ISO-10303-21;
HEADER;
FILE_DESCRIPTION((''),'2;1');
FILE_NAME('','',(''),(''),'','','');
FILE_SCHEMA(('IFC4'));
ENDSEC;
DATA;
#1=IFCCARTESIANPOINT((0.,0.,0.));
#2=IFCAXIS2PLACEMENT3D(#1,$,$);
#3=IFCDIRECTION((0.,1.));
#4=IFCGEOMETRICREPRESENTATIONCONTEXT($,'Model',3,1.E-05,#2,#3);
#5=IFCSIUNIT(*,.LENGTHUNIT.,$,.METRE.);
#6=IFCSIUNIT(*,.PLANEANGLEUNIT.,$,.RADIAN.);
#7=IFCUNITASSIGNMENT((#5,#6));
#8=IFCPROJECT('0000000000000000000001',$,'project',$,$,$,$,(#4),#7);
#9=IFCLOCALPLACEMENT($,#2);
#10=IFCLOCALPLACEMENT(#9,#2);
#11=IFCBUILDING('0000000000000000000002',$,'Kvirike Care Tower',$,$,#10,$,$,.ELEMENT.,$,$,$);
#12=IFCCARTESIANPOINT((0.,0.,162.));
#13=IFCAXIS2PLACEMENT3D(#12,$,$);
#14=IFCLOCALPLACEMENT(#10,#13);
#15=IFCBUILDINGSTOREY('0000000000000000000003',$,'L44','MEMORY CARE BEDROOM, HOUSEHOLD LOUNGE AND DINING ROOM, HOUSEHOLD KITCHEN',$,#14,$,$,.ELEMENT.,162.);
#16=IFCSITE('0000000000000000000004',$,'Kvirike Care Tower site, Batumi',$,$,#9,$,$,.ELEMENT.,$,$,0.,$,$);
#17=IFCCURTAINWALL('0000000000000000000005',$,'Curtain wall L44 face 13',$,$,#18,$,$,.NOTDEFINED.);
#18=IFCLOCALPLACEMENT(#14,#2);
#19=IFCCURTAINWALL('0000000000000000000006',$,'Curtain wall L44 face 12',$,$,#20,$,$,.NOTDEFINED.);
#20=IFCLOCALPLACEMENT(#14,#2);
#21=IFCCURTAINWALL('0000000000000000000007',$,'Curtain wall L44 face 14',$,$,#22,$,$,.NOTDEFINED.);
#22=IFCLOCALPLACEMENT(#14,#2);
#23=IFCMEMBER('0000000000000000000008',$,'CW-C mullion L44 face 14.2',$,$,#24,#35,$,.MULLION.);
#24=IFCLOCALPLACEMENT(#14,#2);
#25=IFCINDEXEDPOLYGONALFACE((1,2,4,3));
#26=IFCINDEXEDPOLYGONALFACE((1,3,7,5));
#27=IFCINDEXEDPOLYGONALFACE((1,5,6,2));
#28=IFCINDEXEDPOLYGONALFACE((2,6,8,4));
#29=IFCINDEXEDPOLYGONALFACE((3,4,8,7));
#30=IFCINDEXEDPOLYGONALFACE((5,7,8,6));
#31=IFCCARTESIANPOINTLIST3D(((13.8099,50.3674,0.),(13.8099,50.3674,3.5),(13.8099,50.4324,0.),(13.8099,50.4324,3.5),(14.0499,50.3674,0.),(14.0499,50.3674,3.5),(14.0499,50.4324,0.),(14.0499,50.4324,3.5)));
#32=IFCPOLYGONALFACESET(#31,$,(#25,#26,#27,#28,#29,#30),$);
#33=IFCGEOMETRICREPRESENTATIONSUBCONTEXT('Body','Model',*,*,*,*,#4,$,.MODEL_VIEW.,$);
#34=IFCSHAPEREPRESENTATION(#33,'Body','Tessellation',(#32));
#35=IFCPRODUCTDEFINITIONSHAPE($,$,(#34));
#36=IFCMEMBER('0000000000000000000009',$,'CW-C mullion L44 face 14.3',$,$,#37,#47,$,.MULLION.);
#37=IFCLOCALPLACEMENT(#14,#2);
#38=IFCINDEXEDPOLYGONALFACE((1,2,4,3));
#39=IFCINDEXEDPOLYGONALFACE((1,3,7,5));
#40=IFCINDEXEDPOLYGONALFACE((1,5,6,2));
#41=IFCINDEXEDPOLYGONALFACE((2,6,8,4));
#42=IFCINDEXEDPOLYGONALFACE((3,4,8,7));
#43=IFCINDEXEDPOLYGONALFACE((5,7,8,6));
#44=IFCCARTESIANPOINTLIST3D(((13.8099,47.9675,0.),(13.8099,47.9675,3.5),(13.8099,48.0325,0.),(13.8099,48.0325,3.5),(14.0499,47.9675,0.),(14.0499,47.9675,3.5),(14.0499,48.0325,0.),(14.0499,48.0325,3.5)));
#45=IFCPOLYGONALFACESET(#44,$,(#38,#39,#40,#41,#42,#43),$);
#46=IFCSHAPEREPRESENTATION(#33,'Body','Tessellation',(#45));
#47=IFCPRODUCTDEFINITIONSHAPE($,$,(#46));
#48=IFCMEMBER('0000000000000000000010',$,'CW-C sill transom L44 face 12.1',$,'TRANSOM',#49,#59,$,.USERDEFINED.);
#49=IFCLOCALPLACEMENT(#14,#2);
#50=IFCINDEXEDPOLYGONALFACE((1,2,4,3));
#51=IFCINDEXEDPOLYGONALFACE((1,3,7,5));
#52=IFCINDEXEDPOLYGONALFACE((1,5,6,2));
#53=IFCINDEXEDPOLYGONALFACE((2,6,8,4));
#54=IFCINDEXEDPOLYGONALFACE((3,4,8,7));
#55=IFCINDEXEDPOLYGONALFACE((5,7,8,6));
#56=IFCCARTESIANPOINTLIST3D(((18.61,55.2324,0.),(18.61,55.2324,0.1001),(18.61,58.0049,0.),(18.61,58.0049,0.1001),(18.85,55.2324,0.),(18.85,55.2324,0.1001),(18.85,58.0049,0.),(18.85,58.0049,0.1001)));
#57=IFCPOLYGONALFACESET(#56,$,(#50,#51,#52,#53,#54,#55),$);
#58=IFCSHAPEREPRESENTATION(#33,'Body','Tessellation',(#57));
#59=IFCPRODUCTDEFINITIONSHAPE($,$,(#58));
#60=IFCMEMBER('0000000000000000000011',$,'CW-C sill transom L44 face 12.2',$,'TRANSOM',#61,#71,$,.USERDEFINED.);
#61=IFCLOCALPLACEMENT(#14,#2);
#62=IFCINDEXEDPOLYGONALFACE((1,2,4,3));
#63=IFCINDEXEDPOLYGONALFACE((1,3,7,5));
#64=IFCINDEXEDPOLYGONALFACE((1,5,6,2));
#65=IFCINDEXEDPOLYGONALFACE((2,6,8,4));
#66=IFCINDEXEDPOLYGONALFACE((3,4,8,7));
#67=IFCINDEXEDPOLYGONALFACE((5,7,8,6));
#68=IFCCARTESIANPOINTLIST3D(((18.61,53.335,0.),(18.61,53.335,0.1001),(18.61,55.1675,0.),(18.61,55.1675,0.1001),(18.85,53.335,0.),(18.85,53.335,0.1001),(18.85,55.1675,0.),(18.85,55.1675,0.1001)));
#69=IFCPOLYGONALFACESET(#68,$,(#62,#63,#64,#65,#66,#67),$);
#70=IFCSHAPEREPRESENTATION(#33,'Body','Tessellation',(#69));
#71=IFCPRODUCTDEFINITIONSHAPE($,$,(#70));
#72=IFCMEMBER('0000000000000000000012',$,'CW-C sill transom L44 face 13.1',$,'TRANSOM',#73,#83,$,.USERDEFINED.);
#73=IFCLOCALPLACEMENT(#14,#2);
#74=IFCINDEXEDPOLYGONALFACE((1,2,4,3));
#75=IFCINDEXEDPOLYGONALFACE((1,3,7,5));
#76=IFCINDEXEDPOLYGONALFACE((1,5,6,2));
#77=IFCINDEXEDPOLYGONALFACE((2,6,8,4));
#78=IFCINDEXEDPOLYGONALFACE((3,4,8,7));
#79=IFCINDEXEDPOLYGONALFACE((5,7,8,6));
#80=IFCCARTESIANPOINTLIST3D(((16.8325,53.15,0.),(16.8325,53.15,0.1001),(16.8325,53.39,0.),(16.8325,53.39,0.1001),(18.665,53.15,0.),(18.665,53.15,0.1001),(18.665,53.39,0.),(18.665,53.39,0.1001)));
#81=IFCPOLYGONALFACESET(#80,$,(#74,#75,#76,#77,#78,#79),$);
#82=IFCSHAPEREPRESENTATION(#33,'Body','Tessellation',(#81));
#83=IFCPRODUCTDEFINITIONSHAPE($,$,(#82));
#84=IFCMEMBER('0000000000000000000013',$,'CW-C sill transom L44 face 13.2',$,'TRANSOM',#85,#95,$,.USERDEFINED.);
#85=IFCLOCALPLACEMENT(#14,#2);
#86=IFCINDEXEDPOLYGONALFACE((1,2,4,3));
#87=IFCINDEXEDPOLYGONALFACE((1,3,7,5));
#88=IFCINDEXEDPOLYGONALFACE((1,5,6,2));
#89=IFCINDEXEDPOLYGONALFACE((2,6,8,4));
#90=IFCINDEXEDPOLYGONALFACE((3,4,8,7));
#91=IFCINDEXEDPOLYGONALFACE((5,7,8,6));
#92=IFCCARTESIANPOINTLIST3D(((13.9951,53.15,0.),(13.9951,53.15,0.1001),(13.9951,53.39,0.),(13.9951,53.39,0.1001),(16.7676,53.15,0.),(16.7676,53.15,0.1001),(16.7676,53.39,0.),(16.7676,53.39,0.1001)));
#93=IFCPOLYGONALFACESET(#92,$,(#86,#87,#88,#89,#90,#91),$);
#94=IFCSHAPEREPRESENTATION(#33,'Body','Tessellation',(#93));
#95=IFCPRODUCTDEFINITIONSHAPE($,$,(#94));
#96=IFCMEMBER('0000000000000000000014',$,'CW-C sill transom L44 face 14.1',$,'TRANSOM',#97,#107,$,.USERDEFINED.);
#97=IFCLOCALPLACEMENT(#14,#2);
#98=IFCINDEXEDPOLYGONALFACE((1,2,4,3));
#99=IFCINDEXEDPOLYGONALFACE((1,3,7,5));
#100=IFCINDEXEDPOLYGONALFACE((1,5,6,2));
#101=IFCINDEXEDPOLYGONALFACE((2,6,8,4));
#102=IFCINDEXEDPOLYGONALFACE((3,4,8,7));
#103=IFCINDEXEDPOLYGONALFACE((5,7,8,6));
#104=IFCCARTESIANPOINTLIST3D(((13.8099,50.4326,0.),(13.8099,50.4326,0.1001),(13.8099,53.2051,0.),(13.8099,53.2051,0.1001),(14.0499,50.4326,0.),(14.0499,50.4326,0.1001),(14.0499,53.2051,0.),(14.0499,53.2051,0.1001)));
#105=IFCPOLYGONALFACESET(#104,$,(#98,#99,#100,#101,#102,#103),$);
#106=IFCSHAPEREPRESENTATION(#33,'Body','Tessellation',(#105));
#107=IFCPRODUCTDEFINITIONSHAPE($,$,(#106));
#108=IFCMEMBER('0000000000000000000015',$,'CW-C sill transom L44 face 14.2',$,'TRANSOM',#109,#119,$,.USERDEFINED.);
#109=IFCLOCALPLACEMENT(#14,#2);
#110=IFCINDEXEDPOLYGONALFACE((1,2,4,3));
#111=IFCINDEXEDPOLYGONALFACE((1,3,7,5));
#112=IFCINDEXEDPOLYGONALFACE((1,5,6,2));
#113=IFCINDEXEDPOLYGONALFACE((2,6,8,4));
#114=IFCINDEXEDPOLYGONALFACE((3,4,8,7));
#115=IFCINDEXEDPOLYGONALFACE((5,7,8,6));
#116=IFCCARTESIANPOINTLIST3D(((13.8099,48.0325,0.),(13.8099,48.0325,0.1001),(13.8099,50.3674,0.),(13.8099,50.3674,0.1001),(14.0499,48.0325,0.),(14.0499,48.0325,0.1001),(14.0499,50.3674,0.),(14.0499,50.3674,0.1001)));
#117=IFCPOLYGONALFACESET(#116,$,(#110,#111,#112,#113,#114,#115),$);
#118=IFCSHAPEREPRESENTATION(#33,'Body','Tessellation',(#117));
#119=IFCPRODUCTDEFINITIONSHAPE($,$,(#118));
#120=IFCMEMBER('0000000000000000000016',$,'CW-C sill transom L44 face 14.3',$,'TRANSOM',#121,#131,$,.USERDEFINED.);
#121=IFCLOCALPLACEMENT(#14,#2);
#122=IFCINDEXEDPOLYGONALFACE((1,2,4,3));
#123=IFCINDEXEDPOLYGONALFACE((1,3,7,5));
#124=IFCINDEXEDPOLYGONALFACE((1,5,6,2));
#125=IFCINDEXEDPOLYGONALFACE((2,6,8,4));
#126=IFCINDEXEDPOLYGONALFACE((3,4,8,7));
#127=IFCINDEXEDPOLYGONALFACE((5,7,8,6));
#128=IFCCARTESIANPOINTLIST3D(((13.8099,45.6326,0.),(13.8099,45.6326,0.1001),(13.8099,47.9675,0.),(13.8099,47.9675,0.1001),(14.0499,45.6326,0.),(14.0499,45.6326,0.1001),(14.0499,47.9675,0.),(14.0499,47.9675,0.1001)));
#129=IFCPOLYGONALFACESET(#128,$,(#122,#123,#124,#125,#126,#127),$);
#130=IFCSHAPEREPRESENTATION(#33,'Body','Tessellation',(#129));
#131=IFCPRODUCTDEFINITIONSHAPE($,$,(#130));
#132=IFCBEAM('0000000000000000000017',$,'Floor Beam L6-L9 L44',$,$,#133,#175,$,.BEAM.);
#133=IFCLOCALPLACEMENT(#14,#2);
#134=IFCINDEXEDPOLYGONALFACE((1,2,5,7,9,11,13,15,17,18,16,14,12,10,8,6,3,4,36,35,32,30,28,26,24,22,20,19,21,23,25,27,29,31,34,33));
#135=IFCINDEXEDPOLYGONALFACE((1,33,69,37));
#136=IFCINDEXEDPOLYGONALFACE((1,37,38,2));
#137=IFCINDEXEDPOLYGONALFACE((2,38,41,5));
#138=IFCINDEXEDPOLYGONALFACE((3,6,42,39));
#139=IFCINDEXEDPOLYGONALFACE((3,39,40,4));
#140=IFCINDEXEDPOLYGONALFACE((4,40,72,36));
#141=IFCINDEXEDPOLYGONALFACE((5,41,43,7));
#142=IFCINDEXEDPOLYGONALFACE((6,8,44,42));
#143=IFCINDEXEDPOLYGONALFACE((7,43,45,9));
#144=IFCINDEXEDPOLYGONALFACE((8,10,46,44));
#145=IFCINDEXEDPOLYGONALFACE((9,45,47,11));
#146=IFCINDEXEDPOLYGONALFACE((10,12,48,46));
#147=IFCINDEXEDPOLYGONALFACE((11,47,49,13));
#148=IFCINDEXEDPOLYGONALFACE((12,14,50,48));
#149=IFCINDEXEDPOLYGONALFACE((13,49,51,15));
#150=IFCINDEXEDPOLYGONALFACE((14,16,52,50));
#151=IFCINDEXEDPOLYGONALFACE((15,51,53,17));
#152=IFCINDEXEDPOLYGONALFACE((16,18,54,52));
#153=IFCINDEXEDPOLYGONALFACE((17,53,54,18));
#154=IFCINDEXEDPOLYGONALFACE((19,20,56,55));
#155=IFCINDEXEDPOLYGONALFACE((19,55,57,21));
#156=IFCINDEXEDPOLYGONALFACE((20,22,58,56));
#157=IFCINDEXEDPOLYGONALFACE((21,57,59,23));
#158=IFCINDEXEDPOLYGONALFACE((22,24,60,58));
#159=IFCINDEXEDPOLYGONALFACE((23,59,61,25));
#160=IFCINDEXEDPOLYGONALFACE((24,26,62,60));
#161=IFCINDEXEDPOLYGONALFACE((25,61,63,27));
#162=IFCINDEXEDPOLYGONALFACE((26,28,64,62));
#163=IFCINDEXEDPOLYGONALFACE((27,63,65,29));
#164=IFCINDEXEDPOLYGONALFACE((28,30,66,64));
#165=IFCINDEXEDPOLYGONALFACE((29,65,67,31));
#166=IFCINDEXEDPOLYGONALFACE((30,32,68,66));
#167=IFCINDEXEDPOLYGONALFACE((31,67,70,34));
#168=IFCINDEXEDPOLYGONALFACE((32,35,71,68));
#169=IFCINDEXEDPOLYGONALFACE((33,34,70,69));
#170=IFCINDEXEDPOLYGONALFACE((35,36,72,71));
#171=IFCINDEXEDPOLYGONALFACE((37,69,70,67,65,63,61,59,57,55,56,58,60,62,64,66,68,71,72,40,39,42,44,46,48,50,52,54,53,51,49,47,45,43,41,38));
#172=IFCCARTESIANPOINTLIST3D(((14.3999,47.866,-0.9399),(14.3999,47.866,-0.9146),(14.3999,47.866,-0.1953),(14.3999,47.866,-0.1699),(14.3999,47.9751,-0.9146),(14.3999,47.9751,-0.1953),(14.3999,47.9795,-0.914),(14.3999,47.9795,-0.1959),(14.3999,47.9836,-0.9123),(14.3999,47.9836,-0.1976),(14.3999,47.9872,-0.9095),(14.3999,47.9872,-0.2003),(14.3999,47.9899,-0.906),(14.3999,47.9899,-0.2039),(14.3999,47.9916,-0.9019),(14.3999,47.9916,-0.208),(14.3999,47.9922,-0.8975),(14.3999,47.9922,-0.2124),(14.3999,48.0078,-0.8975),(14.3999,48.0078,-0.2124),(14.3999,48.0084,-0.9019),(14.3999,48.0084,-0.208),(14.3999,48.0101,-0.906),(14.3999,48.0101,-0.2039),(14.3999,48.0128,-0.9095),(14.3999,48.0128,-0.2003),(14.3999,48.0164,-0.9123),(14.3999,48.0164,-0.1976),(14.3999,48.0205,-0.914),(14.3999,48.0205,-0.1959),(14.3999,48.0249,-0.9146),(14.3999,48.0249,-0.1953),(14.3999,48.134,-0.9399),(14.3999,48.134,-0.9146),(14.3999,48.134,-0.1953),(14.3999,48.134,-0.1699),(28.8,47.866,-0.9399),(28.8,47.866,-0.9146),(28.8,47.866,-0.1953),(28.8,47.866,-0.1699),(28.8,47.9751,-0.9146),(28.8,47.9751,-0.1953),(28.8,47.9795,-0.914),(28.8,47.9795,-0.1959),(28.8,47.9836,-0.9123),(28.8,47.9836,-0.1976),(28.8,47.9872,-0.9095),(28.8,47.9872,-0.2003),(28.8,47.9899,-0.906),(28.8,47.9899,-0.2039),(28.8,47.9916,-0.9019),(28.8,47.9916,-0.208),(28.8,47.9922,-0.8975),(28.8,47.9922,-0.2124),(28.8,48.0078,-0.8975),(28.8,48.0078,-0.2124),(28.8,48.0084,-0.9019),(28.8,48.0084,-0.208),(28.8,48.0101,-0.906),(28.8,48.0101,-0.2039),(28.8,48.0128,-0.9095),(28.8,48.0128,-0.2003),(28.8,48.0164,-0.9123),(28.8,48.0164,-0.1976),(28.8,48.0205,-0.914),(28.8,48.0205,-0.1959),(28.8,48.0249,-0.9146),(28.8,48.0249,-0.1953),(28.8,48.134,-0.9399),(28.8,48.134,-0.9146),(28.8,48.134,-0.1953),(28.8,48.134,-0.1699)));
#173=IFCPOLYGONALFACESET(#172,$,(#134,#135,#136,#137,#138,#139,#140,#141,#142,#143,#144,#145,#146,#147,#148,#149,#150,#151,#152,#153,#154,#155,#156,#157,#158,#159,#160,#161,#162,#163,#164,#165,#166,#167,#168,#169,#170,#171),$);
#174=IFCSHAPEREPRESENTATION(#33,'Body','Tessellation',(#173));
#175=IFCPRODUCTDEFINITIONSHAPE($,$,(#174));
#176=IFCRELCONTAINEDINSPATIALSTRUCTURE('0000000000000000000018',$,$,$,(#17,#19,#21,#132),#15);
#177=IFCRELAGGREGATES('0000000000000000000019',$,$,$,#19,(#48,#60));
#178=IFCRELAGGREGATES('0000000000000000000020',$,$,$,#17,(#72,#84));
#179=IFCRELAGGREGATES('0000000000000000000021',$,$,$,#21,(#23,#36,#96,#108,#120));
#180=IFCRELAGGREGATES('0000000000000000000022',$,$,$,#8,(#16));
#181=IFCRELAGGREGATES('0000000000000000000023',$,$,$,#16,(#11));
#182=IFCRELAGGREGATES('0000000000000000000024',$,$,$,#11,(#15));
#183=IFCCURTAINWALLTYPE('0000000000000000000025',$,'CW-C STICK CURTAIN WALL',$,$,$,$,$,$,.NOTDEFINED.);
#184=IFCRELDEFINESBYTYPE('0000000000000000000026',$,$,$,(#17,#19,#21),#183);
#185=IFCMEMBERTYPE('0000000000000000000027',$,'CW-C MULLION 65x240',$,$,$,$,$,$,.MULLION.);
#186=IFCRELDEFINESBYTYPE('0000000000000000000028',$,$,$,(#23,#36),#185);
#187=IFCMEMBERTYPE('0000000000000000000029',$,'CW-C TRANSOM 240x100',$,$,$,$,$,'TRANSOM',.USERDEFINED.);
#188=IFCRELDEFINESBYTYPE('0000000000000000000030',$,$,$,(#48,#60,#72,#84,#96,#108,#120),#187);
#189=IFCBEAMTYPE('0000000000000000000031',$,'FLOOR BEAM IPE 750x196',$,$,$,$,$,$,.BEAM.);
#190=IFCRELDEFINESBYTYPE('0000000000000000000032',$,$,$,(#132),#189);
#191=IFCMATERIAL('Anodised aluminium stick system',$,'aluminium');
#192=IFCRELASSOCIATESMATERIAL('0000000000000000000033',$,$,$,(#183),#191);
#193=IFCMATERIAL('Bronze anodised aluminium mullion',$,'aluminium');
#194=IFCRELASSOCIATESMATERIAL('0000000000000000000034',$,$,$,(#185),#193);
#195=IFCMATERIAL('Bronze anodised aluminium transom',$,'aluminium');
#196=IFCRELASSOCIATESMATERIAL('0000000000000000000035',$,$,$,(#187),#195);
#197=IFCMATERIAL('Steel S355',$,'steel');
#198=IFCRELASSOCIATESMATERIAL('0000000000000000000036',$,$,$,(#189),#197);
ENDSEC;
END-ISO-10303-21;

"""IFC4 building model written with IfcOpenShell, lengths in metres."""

from ifc_helpers import new_model, si_unit, direction, frame, origin, origin_2d, place, context, subcontext, project, spatial, rectangle, i_section, extrude, material, material_profile, profile_set, type_object, element, aggregate, save


model = new_model("IFC4")

# Units and contexts
model_context = context("Model", 3, precision=1e-05, world=origin(), true_north=direction((0.0, 1.0)))
body_context = subcontext(model_context, "Body", "Model", "MODEL_VIEW")
ifc_project = project(units=[si_unit("LENGTHUNIT", "METRE"), si_unit("PLANEANGLEUNIT", "RADIAN")], contexts=[model_context])

# Site, building, storey
site_placement = place(None, origin())
site = spatial("IfcSite", under=ifc_project, at=site_placement, Name="Kvirike Care Tower site, Batumi", CompositionType="ELEMENT", RefElevation=0.0)
building_placement = place(site_placement, origin())
building = spatial("IfcBuilding", under=site, at=building_placement, Name="Kvirike Care Tower", CompositionType="ELEMENT")
storey_placement = place(building_placement, frame((0.0, 0.0, 162.0)))
storey = spatial("IfcBuildingStorey", under=building, at=storey_placement, Name="L44", Description="MEMORY CARE BEDROOM, HOUSEHOLD LOUNGE AND DINING ROOM, HOUSEHOLD KITCHEN", CompositionType="ELEMENT", Elevation=162.0)

# Curtain wall
ifc_material_1 = material(Name="Anodised aluminium stick system", Category="aluminium")
curtain_wall_type = type_object("IfcCurtainWallType", Name="CW-C STICK CURTAIN WALL", PredefinedType="NOTDEFINED", material=ifc_material_1)
curtain_wall_1_placement = place(storey_placement, origin())
curtain_wall_1 = element("IfcCurtainWall", 1, at=curtain_wall_1_placement, inside=storey, type_object=curtain_wall_type, Name="Curtain wall L44 face 13", PredefinedType="NOTDEFINED")
ifc_material_2 = material(Name="Bronze anodised aluminium mullion", Category="aluminium")
ifc_material_profile_1 = material_profile(ifc_material_2, rectangle(XDim=0.0649, YDim=0.24, at=origin_2d()), Name="CW-C MULLION 65x240")
ifc_profile_set_1 = profile_set([ifc_material_profile_1], Name="Bronze anodised aluminium mullion")
member_type_1 = type_object("IfcMemberType", Name="CW-C MULLION 65x240", PredefinedType="MULLION", material=ifc_profile_set_1)

# Curtain wall
curtain_wall_2_placement = place(storey_placement, origin())
curtain_wall_2 = element("IfcCurtainWall", 2, at=curtain_wall_2_placement, inside=storey, type_object=curtain_wall_type, Name="Curtain wall L44 face 12", PredefinedType="NOTDEFINED")

# Curtain wall, members
curtain_wall_3_placement = place(storey_placement, origin())
curtain_wall_3 = element("IfcCurtainWall", 3, at=curtain_wall_3_placement, inside=storey, type_object=curtain_wall_type, Name="Curtain wall L44 face 14", PredefinedType="NOTDEFINED")
member_1_placement = place(storey_placement, frame((13.9299, 50.3999, 0.0), z_axis=(0.0, 0.0, 1.0), x_axis=(0.0, -1.0, 0.0)))
member_1 = element("IfcMember", 4, at=member_1_placement, type_object=member_type_1, Name="CW-C mullion L44 face 14.2", PredefinedType="MULLION", context=body_context, shape_type="SweptSolid", body=[
    extrude(rectangle(XDim=0.0649, YDim=0.24, at=origin_2d()), origin(), (0.0, 0.0, 1.0), 3.5),
])
member_2_placement = place(storey_placement, frame((13.9299, 48.0, 0.0), z_axis=(0.0, 0.0, 1.0), x_axis=(0.0, -1.0, 0.0)))
member_2 = element("IfcMember", 5, at=member_2_placement, type_object=member_type_1, Name="CW-C mullion L44 face 14.3", PredefinedType="MULLION", context=body_context, shape_type="SweptSolid", body=[
    extrude(rectangle(XDim=0.0649, YDim=0.24, at=origin_2d()), origin(), (0.0, 0.0, 1.0), 3.5),
])

# Members
ifc_material_3 = material(Name="Bronze anodised aluminium transom", Category="aluminium")
ifc_material_profile_2 = material_profile(ifc_material_3, rectangle(XDim=0.24, YDim=0.1001, at=origin_2d()), Name="CW-C TRANSOM 240x100")
ifc_profile_set_2 = profile_set([ifc_material_profile_2], Name="Bronze anodised aluminium transom")
member_type_2 = type_object("IfcMemberType", Name="CW-C TRANSOM 240x100", ElementType="TRANSOM", PredefinedType="USERDEFINED", material=ifc_profile_set_2)
member_3_placement = place(storey_placement, frame((18.73, 58.0049, 0.05), z_axis=(0.0, -1.0, 0.0), x_axis=(1.0, 0.0, 0.0)))
member_3 = element("IfcMember", 6, at=member_3_placement, type_object=member_type_2, Name="CW-C sill transom L44 face 12.1", ObjectType="TRANSOM", PredefinedType="USERDEFINED", context=body_context, shape_type="SweptSolid", body=[
    extrude(rectangle(XDim=0.24, YDim=0.1001, at=origin_2d()), origin(), (0.0, 0.0, 1.0), 2.7725),
])
member_4_placement = place(storey_placement, frame((18.73, 55.1675, 0.05), z_axis=(0.0, -1.0, 0.0), x_axis=(1.0, 0.0, 0.0)))
member_4 = element("IfcMember", 7, at=member_4_placement, type_object=member_type_2, Name="CW-C sill transom L44 face 12.2", ObjectType="TRANSOM", PredefinedType="USERDEFINED", context=body_context, shape_type="SweptSolid", body=[
    extrude(rectangle(XDim=0.24, YDim=0.1001, at=origin_2d()), origin(), (0.0, 0.0, 1.0), 1.8325),
])
member_5_placement = place(storey_placement, frame((18.665, 53.27, 0.05), z_axis=(-1.0, 0.0, 0.0), x_axis=(0.0, -1.0, 0.0)))
member_5 = element("IfcMember", 8, at=member_5_placement, type_object=member_type_2, Name="CW-C sill transom L44 face 13.1", ObjectType="TRANSOM", PredefinedType="USERDEFINED", context=body_context, shape_type="SweptSolid", body=[
    extrude(rectangle(XDim=0.24, YDim=0.1001, at=origin_2d()), origin(), (0.0, 0.0, 1.0), 1.8325),
])
member_6_placement = place(storey_placement, frame((16.7676, 53.27, 0.05), z_axis=(-1.0, 0.0, 0.0), x_axis=(0.0, -1.0, 0.0)))
member_6 = element("IfcMember", 9, at=member_6_placement, type_object=member_type_2, Name="CW-C sill transom L44 face 13.2", ObjectType="TRANSOM", PredefinedType="USERDEFINED", context=body_context, shape_type="SweptSolid", body=[
    extrude(rectangle(XDim=0.24, YDim=0.1001, at=origin_2d()), origin(), (0.0, 0.0, 1.0), 2.7725),
])
member_7_placement = place(storey_placement, frame((13.9299, 53.2051, 0.05), z_axis=(0.0, -1.0, 0.0), x_axis=(1.0, 0.0, 0.0)))
member_7 = element("IfcMember", 10, at=member_7_placement, type_object=member_type_2, Name="CW-C sill transom L44 face 14.1", ObjectType="TRANSOM", PredefinedType="USERDEFINED", context=body_context, shape_type="SweptSolid", body=[
    extrude(rectangle(XDim=0.24, YDim=0.1001, at=origin_2d()), origin(), (0.0, 0.0, 1.0), 2.7725),
])
member_8_placement = place(storey_placement, frame((13.9299, 50.3674, 0.05), z_axis=(0.0, -1.0, 0.0), x_axis=(1.0, 0.0, 0.0)))
member_8 = element("IfcMember", 11, at=member_8_placement, type_object=member_type_2, Name="CW-C sill transom L44 face 14.2", ObjectType="TRANSOM", PredefinedType="USERDEFINED", context=body_context, shape_type="SweptSolid", body=[
    extrude(rectangle(XDim=0.24, YDim=0.1001, at=origin_2d()), origin(), (0.0, 0.0, 1.0), 2.335),
])
member_9_placement = place(storey_placement, frame((13.9299, 47.9675, 0.05), z_axis=(0.0, -1.0, 0.0), x_axis=(1.0, 0.0, 0.0)))
member_9 = element("IfcMember", 12, at=member_9_placement, type_object=member_type_2, Name="CW-C sill transom L44 face 14.3", ObjectType="TRANSOM", PredefinedType="USERDEFINED", context=body_context, shape_type="SweptSolid", body=[
    extrude(rectangle(XDim=0.24, YDim=0.1001, at=origin_2d()), origin(), (0.0, 0.0, 1.0), 2.335),
])

# Beam
ifc_material_4 = material(Name="Steel S355", Category="steel")
ifc_material_profile_3 = material_profile(ifc_material_4, i_section(OverallWidth=0.2681, OverallDepth=0.77, WebThickness=0.0156, FlangeThickness=0.0254, FilletRadius=0.0171, at=origin_2d()), Name="IPE 750x196")
ifc_profile_set_3 = profile_set([ifc_material_profile_3], Name="Steel S355")
beam_type_1 = type_object("IfcBeamType", Name="FLOOR BEAM IPE 750x196", PredefinedType="BEAM", material=ifc_profile_set_3)
beam_placement = place(storey_placement, frame((14.3999, 48.0, -0.5549), z_axis=(1.0, 0.0, 0.0), x_axis=(0.0, 1.0, 0.0)))
element("IfcBeam", 13, at=beam_placement, inside=storey, type_object=beam_type_1, Name="Floor Beam L6-L9 L44", PredefinedType="BEAM", context=body_context, shape_type="SweptSolid", body=[
    extrude(i_section(OverallWidth=0.2681, OverallDepth=0.77, WebThickness=0.0156, FlangeThickness=0.0254, FilletRadius=0.0171, at=origin_2d()), origin(), (0.0, 0.0, 1.0), 14.4001),
])

aggregate(curtain_wall_2, [member_3, member_4])
aggregate(curtain_wall_1, [member_5, member_6])
aggregate(curtain_wall_3, [member_1, member_2, member_7, member_8, member_9])

save(model, "model.ifc")
